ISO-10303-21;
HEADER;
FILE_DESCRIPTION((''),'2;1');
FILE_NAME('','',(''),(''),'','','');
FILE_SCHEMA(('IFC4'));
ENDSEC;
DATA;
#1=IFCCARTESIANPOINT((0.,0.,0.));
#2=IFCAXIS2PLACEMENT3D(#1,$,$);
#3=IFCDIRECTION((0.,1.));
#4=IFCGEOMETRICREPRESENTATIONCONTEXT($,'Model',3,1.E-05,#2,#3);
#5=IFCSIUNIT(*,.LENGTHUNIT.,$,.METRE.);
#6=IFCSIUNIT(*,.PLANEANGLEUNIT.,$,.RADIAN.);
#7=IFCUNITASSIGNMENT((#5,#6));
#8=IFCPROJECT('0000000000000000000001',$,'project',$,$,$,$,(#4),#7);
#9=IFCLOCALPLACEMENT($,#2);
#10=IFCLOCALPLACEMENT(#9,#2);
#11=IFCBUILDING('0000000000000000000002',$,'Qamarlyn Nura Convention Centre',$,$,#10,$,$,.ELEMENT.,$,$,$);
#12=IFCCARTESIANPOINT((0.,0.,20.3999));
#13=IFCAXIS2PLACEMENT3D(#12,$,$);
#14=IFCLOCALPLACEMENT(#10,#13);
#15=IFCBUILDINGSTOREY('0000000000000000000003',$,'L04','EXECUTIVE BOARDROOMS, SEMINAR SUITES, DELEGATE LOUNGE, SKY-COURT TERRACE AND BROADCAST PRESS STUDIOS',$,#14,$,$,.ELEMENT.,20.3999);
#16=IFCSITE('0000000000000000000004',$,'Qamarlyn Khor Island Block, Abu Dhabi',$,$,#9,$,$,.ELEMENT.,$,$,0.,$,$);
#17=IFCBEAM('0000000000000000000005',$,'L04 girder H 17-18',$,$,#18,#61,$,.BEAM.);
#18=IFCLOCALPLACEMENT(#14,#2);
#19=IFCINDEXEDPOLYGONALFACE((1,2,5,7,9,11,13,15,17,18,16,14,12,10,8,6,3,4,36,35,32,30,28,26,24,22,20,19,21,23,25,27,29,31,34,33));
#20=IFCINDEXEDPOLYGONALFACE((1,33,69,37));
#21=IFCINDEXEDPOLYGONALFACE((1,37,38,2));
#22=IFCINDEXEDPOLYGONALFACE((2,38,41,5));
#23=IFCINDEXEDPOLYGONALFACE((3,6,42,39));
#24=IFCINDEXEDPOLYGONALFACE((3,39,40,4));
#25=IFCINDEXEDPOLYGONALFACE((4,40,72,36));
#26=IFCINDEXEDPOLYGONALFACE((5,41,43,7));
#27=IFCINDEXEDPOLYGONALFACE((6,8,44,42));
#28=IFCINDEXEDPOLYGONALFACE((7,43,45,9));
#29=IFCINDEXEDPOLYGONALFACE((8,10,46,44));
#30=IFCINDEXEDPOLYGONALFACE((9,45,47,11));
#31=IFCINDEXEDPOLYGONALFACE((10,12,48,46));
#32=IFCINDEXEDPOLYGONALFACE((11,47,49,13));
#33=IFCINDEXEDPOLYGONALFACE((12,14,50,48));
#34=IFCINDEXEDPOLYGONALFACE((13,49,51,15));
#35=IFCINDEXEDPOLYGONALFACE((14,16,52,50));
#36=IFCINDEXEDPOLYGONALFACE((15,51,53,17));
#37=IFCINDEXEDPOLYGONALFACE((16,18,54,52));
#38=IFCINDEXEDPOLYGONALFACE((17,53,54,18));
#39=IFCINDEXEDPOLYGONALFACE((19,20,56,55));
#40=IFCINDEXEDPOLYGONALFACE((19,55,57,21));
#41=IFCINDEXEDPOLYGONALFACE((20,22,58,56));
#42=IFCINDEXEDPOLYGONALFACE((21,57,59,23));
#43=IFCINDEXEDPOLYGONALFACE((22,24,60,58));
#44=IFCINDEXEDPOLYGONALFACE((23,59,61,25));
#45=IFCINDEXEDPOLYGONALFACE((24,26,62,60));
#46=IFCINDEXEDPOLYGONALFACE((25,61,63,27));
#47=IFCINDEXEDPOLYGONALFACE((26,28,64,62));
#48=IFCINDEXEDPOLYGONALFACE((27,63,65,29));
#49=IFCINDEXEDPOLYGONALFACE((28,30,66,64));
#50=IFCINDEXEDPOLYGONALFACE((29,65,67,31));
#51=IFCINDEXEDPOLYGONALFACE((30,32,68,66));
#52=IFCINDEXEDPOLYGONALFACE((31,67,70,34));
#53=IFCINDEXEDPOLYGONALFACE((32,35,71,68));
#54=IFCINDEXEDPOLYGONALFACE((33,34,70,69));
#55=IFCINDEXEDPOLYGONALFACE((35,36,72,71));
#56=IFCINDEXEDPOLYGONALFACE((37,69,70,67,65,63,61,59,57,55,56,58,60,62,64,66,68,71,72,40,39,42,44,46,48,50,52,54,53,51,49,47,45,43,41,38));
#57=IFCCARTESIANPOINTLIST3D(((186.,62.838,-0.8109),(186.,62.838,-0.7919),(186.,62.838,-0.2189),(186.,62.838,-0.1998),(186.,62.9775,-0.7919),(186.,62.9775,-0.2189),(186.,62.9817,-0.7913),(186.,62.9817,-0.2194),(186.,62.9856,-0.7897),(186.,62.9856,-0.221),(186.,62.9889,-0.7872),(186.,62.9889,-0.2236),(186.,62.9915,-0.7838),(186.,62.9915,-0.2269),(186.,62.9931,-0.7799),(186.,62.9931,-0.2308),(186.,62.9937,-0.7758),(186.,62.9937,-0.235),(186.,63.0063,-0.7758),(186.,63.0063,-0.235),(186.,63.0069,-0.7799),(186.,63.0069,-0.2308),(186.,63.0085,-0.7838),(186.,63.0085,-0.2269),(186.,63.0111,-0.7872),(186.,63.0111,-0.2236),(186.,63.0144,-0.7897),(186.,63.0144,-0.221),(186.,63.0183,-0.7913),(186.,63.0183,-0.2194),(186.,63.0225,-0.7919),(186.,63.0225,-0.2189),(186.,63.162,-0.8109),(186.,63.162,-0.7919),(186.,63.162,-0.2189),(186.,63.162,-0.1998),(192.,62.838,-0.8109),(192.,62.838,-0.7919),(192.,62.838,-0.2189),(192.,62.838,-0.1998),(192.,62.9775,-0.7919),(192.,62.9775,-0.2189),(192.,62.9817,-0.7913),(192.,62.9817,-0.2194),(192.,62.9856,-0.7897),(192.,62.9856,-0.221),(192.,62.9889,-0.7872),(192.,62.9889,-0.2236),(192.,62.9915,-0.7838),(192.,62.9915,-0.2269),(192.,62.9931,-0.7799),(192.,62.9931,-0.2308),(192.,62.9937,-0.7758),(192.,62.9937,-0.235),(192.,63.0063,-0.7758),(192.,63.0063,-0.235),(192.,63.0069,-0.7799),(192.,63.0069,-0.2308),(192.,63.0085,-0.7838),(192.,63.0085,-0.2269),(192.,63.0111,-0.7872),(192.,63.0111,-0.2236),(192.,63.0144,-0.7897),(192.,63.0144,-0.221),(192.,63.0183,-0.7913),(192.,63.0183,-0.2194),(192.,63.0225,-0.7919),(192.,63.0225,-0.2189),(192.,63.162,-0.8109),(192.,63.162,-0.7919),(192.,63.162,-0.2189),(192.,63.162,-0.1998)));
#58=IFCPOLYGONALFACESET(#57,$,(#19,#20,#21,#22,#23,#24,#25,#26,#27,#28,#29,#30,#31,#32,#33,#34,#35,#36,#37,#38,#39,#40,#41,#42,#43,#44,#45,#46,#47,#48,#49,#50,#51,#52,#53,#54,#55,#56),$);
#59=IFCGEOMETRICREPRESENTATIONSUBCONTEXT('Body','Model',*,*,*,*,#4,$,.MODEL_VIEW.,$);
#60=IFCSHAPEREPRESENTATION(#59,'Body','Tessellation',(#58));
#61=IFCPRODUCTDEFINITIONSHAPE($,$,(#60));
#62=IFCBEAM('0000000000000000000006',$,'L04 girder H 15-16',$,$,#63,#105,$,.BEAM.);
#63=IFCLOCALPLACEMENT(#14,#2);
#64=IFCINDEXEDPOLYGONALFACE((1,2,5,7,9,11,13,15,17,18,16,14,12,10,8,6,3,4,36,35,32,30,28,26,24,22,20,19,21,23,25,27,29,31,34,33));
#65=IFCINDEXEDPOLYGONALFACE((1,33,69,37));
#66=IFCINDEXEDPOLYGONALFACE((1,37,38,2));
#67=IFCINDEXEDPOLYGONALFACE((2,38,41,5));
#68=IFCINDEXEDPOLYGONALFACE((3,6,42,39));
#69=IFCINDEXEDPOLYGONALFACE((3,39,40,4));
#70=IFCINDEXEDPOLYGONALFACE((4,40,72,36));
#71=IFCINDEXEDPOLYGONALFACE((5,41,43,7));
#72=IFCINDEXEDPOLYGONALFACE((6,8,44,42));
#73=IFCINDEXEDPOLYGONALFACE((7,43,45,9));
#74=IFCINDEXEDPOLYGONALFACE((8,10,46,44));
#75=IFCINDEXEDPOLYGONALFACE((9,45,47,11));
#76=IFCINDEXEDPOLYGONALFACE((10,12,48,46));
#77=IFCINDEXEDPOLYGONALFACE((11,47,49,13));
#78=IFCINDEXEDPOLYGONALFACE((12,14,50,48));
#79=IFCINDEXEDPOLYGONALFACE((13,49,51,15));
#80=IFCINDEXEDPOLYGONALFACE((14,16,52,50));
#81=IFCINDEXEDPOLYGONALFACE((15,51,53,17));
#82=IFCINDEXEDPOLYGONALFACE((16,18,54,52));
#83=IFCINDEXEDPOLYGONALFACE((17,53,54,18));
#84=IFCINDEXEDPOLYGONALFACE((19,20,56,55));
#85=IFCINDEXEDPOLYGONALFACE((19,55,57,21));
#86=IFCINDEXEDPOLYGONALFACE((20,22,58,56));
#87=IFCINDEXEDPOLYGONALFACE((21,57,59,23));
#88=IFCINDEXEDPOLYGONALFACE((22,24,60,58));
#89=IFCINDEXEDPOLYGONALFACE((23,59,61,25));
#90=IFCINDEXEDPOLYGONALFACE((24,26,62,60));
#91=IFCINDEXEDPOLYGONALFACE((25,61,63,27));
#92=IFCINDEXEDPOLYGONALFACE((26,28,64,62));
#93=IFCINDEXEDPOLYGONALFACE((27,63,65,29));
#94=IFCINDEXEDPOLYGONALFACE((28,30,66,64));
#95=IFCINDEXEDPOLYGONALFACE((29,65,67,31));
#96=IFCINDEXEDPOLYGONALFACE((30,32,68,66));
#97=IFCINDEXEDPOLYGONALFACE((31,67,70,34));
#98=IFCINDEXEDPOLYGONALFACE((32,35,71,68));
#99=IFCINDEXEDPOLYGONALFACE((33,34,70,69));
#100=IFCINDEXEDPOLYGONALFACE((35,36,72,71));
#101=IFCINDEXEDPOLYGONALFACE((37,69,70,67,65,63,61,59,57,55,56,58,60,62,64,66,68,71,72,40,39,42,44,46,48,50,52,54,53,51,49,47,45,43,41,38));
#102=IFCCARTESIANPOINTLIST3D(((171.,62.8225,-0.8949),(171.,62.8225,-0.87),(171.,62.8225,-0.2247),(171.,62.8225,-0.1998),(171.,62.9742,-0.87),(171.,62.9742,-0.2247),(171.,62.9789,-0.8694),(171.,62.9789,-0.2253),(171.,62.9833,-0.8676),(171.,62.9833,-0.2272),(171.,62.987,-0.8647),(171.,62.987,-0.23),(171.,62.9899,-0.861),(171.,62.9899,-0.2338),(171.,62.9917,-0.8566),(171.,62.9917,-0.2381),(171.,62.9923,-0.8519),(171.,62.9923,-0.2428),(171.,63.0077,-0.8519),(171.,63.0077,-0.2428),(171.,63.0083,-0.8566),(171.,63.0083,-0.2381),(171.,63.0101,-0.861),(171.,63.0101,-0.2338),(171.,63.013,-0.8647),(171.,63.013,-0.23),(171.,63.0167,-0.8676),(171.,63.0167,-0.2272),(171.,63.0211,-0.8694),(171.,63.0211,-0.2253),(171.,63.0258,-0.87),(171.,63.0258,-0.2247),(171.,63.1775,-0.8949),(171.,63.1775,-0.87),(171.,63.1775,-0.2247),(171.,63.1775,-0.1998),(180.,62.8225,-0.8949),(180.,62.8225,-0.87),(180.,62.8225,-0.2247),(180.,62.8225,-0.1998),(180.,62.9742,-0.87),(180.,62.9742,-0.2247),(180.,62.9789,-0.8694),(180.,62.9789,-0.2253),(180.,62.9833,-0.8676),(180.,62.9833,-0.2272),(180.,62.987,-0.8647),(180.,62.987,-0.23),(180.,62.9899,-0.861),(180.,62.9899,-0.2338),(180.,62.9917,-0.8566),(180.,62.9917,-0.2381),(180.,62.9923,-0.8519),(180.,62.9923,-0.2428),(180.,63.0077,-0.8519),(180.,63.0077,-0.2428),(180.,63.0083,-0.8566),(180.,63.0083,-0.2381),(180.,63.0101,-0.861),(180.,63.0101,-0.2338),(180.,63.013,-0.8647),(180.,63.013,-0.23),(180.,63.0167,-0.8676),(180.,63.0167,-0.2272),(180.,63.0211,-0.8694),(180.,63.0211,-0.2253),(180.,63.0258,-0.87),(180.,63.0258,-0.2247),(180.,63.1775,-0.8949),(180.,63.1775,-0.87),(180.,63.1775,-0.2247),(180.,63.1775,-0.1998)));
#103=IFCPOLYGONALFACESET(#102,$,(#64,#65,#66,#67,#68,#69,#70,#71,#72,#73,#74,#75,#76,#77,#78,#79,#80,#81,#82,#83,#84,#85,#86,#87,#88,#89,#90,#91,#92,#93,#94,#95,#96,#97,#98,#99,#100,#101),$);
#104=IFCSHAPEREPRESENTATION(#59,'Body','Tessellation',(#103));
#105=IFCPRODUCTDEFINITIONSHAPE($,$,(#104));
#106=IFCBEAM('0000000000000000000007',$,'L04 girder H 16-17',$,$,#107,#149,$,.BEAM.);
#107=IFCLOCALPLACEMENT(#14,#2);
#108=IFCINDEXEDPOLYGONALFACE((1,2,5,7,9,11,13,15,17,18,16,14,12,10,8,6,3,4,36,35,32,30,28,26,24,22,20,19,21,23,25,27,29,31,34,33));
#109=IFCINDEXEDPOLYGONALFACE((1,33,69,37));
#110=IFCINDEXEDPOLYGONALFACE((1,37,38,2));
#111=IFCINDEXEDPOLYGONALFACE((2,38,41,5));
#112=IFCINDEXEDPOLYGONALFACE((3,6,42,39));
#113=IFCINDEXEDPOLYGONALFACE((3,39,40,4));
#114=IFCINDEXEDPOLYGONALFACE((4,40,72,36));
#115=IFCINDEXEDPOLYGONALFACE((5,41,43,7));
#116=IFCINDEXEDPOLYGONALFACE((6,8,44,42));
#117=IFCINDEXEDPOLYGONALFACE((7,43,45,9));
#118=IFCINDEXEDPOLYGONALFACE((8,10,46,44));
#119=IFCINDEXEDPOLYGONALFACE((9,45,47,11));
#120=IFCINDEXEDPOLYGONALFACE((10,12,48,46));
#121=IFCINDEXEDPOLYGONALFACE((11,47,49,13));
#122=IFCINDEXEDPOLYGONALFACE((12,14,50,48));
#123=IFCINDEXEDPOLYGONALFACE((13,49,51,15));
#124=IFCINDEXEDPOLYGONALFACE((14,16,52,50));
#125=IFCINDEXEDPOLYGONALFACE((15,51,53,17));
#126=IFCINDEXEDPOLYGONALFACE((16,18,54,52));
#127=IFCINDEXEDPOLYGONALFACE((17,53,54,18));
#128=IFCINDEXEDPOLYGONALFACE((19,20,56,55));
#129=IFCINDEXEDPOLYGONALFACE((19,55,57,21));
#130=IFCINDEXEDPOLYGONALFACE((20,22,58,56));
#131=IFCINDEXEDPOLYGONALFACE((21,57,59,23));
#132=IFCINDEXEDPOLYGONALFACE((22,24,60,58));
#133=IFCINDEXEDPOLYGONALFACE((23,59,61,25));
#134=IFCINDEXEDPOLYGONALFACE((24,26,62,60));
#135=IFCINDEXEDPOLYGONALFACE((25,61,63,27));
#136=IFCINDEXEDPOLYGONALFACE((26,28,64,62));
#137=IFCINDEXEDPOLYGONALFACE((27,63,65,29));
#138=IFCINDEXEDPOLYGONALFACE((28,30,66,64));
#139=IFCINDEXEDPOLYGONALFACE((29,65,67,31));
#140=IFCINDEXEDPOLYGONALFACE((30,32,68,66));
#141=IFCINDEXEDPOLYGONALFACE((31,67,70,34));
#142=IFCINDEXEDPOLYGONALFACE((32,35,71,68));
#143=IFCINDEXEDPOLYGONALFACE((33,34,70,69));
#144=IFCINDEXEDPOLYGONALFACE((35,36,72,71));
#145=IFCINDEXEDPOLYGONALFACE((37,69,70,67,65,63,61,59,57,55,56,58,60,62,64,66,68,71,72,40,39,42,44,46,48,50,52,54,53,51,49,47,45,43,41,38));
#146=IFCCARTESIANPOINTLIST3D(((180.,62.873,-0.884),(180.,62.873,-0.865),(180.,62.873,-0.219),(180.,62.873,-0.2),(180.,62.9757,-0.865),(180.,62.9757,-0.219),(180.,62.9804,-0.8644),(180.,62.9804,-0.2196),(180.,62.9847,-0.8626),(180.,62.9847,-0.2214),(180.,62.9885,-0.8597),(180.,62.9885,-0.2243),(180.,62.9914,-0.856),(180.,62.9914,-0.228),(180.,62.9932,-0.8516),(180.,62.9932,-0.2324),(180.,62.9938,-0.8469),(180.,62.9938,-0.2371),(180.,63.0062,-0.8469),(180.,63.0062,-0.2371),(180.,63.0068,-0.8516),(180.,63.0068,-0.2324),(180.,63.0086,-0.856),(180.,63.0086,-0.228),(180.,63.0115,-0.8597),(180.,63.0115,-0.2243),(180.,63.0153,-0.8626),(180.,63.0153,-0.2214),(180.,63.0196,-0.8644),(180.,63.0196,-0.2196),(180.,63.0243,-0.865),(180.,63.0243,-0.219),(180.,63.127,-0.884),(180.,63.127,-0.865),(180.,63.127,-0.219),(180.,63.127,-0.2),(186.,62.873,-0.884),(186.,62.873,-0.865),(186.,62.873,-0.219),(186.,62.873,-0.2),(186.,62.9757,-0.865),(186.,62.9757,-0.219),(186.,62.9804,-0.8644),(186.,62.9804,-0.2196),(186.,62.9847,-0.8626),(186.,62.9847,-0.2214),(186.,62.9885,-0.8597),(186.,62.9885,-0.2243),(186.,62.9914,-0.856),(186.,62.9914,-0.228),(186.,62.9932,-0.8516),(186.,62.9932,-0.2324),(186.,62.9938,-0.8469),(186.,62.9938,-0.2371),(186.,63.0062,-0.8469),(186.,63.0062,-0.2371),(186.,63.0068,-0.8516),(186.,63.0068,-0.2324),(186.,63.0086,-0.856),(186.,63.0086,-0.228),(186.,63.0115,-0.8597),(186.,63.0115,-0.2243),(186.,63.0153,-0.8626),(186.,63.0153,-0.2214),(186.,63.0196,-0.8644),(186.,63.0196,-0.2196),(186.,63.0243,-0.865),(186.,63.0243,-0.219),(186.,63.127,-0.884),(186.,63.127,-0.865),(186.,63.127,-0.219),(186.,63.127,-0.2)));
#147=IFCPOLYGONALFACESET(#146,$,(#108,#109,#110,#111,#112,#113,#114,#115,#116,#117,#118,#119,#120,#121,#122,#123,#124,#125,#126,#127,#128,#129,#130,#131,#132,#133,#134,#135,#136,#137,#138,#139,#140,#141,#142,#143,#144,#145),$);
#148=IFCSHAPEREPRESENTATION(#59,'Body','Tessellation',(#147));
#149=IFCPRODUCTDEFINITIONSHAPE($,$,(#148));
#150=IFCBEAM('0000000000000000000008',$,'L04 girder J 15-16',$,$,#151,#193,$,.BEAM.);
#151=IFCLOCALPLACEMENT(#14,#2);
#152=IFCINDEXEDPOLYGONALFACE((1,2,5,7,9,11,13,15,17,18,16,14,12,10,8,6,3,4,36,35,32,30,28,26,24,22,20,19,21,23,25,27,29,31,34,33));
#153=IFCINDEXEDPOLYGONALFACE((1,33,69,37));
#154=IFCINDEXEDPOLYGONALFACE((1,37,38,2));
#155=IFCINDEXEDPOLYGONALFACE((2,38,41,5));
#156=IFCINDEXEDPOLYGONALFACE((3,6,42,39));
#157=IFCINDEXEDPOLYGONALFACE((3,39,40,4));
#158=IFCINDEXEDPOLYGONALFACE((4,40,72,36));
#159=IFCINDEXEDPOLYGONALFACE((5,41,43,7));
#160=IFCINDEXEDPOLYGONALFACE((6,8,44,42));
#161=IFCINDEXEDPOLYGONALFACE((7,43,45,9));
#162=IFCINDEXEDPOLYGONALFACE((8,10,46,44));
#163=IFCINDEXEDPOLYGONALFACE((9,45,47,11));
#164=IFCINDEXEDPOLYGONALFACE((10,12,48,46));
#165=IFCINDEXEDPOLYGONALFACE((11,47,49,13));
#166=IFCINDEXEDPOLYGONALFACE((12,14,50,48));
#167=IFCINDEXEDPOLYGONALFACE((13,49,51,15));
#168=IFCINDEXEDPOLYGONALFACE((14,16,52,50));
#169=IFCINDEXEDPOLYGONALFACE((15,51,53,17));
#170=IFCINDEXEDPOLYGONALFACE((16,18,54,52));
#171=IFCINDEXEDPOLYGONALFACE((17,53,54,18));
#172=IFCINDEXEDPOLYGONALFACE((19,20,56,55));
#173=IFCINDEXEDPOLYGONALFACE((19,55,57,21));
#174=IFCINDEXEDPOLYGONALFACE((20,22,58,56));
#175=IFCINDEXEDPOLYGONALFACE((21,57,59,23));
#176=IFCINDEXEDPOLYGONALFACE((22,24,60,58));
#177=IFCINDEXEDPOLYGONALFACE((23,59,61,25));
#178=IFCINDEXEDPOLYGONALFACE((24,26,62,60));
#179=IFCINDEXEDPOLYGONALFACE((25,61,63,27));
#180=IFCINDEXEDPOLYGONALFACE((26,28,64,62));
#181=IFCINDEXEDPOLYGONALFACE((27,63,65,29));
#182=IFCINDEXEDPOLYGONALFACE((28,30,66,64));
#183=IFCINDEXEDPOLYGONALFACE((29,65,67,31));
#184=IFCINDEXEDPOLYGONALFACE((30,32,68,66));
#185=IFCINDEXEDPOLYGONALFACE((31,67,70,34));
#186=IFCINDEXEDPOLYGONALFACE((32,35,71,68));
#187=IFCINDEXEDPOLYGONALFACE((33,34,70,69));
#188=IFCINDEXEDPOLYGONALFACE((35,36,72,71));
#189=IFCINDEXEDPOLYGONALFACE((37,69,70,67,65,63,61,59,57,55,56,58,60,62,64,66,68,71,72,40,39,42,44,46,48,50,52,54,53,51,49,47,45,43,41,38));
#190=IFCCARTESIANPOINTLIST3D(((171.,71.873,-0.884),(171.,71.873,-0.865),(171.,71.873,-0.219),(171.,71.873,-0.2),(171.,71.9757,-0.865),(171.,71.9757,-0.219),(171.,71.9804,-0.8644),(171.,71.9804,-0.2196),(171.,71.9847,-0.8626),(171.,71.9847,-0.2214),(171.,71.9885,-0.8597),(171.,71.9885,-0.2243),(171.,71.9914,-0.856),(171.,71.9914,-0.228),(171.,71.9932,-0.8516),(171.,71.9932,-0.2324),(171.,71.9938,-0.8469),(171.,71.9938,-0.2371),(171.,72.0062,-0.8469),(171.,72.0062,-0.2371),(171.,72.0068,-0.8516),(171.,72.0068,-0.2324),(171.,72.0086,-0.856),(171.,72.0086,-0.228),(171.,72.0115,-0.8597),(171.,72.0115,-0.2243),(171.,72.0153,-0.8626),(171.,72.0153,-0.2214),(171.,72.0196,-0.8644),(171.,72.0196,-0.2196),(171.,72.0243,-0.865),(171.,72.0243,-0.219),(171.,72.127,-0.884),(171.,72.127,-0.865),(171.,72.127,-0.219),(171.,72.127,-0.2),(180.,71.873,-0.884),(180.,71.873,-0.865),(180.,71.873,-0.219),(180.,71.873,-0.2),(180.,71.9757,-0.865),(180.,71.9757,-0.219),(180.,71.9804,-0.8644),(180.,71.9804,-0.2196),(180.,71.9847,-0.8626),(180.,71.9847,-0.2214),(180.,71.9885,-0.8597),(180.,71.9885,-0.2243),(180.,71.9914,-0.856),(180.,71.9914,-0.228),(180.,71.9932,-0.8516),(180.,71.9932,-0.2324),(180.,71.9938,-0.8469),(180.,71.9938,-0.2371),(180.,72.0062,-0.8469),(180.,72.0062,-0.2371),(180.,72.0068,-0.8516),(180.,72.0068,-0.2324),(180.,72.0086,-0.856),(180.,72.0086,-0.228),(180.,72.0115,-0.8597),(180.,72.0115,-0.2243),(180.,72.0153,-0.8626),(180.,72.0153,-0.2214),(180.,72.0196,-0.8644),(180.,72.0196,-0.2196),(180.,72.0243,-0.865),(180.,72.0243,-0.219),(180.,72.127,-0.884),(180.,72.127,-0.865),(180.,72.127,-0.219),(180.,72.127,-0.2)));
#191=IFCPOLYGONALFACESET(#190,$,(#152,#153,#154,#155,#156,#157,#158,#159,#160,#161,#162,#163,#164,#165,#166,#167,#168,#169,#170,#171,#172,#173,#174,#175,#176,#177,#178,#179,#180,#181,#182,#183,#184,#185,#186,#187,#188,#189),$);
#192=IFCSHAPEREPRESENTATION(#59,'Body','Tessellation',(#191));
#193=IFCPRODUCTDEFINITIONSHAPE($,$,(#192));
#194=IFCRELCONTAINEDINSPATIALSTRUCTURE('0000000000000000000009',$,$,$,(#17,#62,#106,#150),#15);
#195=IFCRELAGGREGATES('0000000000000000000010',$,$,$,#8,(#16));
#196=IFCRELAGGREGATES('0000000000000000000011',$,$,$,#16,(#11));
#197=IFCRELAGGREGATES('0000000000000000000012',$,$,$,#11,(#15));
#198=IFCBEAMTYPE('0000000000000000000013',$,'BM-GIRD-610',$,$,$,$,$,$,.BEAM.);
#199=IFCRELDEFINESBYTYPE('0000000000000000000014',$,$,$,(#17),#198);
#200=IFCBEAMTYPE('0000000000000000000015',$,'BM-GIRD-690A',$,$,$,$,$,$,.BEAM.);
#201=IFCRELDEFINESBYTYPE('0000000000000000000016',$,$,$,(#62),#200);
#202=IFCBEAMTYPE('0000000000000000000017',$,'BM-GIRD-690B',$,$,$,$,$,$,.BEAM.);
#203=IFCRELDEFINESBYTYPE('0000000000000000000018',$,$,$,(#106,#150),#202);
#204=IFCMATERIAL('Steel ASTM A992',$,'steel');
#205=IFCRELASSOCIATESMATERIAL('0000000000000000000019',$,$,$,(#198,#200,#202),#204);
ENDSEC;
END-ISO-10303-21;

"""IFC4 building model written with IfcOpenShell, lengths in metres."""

from ifc_helpers import new_model, si_unit, direction, frame, origin, origin_2d, place, context, subcontext, project, spatial, i_section, extrude, material, material_profile, profile_set, type_object, element, save


model = new_model("IFC4")

# Units and contexts
model_context = context("Model", 3, precision=1e-05, world=origin(), true_north=direction((0.0, 1.0)))
body_context = subcontext(model_context, "Body", "Model", "MODEL_VIEW")
ifc_project = project(units=[si_unit("LENGTHUNIT", "METRE"), si_unit("PLANEANGLEUNIT", "RADIAN")], contexts=[model_context])

# Site, building, storey
site_placement = place(None, origin())
site = spatial("IfcSite", under=ifc_project, at=site_placement, Name="Qamarlyn Khor Island Block, Abu Dhabi", CompositionType="ELEMENT", RefElevation=0.0)
building_placement = place(site_placement, origin())
building = spatial("IfcBuilding", under=site, at=building_placement, Name="Qamarlyn Nura Convention Centre", CompositionType="ELEMENT")
storey_placement = place(building_placement, frame((0.0, 0.0, 20.3999)))
storey = spatial("IfcBuildingStorey", under=building, at=storey_placement, Name="L04", Description="EXECUTIVE BOARDROOMS, SEMINAR SUITES, DELEGATE LOUNGE, SKY-COURT TERRACE AND BROADCAST PRESS STUDIOS", CompositionType="ELEMENT", Elevation=20.3999)

# Shared definitions
ifc_material_1 = material(Name="Steel ASTM A992", Category="steel")

# Beams
ifc_material_profile_1 = material_profile(ifc_material_1, i_section(OverallWidth=0.324, OverallDepth=0.6111, WebThickness=0.0127, FlangeThickness=0.019, FilletRadius=0.0161, at=origin_2d()), Name="W610X155")
ifc_profile_set_1 = profile_set([ifc_material_profile_1], Name="Steel ASTM A992")
beam_type_1 = type_object("IfcBeamType", Name="BM-GIRD-610", PredefinedType="BEAM", material=ifc_profile_set_1)
beam_1_placement = place(storey_placement, frame((186.0, 63.0, -0.5054), z_axis=(1.0, 0.0, 0.0), x_axis=(0.0, 1.0, 0.0)))
element("IfcBeam", 1, at=beam_1_placement, inside=storey, type_object=beam_type_1, Name="L04 girder H 17-18", PredefinedType="BEAM", context=body_context, shape_type="SweptSolid", body=[
    extrude(i_section(OverallWidth=0.324, OverallDepth=0.6111, WebThickness=0.0127, FlangeThickness=0.019, FilletRadius=0.0161, at=origin_2d()), origin(), (0.0, 0.0, 1.0), 6.0),
])
ifc_material_profile_2 = material_profile(ifc_material_1, i_section(OverallWidth=0.355, OverallDepth=0.6951, WebThickness=0.0154, FlangeThickness=0.0249, FilletRadius=0.0181, at=origin_2d()), Name="W690X217")
ifc_profile_set_2 = profile_set([ifc_material_profile_2], Name="Steel ASTM A992")
beam_type_2 = type_object("IfcBeamType", Name="BM-GIRD-690A", PredefinedType="BEAM", material=ifc_profile_set_2)
beam_2_placement = place(storey_placement, frame((171.0, 63.0, -0.5474), z_axis=(1.0, 0.0, 0.0), x_axis=(0.0, 1.0, 0.0)))
element("IfcBeam", 2, at=beam_2_placement, inside=storey, type_object=beam_type_2, Name="L04 girder H 15-16", PredefinedType="BEAM", context=body_context, shape_type="SweptSolid", body=[
    extrude(i_section(OverallWidth=0.355, OverallDepth=0.6951, WebThickness=0.0154, FlangeThickness=0.0249, FilletRadius=0.0181, at=origin_2d()), origin(), (0.0, 0.0, 1.0), 9.0),
])
ifc_material_profile_3 = material_profile(ifc_material_1, i_section(OverallWidth=0.2539, OverallDepth=0.6841, WebThickness=0.0125, FlangeThickness=0.019, FilletRadius=0.0181, at=origin_2d()), Name="W690X140")
ifc_profile_set_3 = profile_set([ifc_material_profile_3], Name="Steel ASTM A992")
beam_type_3 = type_object("IfcBeamType", Name="BM-GIRD-690B", PredefinedType="BEAM", material=ifc_profile_set_3)
beam_3_placement = place(storey_placement, frame((180.0, 63.0, -0.542), z_axis=(1.0, 0.0, 0.0), x_axis=(0.0, 1.0, 0.0)))
element("IfcBeam", 3, at=beam_3_placement, inside=storey, type_object=beam_type_3, Name="L04 girder H 16-17", PredefinedType="BEAM", context=body_context, shape_type="SweptSolid", body=[
    extrude(i_section(OverallWidth=0.2539, OverallDepth=0.6841, WebThickness=0.0125, FlangeThickness=0.019, FilletRadius=0.0181, at=origin_2d()), origin(), (0.0, 0.0, 1.0), 6.0),
])
for number, where, z_axis, x_axis, name in (
    (4, (171.0, 72.0, -0.542), (1.0, 0.0, 0.0), (0.0, 1.0, 0.0), "L04 girder J 15-16"),
):
    element("IfcBeam", number, at=place(storey_placement, frame(where, z_axis=z_axis, x_axis=x_axis)), inside=storey, type_object=beam_type_3, Name=name, PredefinedType="BEAM", context=body_context, shape_type="SweptSolid", body=[
        extrude(i_section(OverallWidth=0.2539, OverallDepth=0.6841, WebThickness=0.0125, FlangeThickness=0.019, FilletRadius=0.0181, at=origin_2d()), origin(), (0.0, 0.0, 1.0), 9.0),
    ])

save(model, "model.ifc")
